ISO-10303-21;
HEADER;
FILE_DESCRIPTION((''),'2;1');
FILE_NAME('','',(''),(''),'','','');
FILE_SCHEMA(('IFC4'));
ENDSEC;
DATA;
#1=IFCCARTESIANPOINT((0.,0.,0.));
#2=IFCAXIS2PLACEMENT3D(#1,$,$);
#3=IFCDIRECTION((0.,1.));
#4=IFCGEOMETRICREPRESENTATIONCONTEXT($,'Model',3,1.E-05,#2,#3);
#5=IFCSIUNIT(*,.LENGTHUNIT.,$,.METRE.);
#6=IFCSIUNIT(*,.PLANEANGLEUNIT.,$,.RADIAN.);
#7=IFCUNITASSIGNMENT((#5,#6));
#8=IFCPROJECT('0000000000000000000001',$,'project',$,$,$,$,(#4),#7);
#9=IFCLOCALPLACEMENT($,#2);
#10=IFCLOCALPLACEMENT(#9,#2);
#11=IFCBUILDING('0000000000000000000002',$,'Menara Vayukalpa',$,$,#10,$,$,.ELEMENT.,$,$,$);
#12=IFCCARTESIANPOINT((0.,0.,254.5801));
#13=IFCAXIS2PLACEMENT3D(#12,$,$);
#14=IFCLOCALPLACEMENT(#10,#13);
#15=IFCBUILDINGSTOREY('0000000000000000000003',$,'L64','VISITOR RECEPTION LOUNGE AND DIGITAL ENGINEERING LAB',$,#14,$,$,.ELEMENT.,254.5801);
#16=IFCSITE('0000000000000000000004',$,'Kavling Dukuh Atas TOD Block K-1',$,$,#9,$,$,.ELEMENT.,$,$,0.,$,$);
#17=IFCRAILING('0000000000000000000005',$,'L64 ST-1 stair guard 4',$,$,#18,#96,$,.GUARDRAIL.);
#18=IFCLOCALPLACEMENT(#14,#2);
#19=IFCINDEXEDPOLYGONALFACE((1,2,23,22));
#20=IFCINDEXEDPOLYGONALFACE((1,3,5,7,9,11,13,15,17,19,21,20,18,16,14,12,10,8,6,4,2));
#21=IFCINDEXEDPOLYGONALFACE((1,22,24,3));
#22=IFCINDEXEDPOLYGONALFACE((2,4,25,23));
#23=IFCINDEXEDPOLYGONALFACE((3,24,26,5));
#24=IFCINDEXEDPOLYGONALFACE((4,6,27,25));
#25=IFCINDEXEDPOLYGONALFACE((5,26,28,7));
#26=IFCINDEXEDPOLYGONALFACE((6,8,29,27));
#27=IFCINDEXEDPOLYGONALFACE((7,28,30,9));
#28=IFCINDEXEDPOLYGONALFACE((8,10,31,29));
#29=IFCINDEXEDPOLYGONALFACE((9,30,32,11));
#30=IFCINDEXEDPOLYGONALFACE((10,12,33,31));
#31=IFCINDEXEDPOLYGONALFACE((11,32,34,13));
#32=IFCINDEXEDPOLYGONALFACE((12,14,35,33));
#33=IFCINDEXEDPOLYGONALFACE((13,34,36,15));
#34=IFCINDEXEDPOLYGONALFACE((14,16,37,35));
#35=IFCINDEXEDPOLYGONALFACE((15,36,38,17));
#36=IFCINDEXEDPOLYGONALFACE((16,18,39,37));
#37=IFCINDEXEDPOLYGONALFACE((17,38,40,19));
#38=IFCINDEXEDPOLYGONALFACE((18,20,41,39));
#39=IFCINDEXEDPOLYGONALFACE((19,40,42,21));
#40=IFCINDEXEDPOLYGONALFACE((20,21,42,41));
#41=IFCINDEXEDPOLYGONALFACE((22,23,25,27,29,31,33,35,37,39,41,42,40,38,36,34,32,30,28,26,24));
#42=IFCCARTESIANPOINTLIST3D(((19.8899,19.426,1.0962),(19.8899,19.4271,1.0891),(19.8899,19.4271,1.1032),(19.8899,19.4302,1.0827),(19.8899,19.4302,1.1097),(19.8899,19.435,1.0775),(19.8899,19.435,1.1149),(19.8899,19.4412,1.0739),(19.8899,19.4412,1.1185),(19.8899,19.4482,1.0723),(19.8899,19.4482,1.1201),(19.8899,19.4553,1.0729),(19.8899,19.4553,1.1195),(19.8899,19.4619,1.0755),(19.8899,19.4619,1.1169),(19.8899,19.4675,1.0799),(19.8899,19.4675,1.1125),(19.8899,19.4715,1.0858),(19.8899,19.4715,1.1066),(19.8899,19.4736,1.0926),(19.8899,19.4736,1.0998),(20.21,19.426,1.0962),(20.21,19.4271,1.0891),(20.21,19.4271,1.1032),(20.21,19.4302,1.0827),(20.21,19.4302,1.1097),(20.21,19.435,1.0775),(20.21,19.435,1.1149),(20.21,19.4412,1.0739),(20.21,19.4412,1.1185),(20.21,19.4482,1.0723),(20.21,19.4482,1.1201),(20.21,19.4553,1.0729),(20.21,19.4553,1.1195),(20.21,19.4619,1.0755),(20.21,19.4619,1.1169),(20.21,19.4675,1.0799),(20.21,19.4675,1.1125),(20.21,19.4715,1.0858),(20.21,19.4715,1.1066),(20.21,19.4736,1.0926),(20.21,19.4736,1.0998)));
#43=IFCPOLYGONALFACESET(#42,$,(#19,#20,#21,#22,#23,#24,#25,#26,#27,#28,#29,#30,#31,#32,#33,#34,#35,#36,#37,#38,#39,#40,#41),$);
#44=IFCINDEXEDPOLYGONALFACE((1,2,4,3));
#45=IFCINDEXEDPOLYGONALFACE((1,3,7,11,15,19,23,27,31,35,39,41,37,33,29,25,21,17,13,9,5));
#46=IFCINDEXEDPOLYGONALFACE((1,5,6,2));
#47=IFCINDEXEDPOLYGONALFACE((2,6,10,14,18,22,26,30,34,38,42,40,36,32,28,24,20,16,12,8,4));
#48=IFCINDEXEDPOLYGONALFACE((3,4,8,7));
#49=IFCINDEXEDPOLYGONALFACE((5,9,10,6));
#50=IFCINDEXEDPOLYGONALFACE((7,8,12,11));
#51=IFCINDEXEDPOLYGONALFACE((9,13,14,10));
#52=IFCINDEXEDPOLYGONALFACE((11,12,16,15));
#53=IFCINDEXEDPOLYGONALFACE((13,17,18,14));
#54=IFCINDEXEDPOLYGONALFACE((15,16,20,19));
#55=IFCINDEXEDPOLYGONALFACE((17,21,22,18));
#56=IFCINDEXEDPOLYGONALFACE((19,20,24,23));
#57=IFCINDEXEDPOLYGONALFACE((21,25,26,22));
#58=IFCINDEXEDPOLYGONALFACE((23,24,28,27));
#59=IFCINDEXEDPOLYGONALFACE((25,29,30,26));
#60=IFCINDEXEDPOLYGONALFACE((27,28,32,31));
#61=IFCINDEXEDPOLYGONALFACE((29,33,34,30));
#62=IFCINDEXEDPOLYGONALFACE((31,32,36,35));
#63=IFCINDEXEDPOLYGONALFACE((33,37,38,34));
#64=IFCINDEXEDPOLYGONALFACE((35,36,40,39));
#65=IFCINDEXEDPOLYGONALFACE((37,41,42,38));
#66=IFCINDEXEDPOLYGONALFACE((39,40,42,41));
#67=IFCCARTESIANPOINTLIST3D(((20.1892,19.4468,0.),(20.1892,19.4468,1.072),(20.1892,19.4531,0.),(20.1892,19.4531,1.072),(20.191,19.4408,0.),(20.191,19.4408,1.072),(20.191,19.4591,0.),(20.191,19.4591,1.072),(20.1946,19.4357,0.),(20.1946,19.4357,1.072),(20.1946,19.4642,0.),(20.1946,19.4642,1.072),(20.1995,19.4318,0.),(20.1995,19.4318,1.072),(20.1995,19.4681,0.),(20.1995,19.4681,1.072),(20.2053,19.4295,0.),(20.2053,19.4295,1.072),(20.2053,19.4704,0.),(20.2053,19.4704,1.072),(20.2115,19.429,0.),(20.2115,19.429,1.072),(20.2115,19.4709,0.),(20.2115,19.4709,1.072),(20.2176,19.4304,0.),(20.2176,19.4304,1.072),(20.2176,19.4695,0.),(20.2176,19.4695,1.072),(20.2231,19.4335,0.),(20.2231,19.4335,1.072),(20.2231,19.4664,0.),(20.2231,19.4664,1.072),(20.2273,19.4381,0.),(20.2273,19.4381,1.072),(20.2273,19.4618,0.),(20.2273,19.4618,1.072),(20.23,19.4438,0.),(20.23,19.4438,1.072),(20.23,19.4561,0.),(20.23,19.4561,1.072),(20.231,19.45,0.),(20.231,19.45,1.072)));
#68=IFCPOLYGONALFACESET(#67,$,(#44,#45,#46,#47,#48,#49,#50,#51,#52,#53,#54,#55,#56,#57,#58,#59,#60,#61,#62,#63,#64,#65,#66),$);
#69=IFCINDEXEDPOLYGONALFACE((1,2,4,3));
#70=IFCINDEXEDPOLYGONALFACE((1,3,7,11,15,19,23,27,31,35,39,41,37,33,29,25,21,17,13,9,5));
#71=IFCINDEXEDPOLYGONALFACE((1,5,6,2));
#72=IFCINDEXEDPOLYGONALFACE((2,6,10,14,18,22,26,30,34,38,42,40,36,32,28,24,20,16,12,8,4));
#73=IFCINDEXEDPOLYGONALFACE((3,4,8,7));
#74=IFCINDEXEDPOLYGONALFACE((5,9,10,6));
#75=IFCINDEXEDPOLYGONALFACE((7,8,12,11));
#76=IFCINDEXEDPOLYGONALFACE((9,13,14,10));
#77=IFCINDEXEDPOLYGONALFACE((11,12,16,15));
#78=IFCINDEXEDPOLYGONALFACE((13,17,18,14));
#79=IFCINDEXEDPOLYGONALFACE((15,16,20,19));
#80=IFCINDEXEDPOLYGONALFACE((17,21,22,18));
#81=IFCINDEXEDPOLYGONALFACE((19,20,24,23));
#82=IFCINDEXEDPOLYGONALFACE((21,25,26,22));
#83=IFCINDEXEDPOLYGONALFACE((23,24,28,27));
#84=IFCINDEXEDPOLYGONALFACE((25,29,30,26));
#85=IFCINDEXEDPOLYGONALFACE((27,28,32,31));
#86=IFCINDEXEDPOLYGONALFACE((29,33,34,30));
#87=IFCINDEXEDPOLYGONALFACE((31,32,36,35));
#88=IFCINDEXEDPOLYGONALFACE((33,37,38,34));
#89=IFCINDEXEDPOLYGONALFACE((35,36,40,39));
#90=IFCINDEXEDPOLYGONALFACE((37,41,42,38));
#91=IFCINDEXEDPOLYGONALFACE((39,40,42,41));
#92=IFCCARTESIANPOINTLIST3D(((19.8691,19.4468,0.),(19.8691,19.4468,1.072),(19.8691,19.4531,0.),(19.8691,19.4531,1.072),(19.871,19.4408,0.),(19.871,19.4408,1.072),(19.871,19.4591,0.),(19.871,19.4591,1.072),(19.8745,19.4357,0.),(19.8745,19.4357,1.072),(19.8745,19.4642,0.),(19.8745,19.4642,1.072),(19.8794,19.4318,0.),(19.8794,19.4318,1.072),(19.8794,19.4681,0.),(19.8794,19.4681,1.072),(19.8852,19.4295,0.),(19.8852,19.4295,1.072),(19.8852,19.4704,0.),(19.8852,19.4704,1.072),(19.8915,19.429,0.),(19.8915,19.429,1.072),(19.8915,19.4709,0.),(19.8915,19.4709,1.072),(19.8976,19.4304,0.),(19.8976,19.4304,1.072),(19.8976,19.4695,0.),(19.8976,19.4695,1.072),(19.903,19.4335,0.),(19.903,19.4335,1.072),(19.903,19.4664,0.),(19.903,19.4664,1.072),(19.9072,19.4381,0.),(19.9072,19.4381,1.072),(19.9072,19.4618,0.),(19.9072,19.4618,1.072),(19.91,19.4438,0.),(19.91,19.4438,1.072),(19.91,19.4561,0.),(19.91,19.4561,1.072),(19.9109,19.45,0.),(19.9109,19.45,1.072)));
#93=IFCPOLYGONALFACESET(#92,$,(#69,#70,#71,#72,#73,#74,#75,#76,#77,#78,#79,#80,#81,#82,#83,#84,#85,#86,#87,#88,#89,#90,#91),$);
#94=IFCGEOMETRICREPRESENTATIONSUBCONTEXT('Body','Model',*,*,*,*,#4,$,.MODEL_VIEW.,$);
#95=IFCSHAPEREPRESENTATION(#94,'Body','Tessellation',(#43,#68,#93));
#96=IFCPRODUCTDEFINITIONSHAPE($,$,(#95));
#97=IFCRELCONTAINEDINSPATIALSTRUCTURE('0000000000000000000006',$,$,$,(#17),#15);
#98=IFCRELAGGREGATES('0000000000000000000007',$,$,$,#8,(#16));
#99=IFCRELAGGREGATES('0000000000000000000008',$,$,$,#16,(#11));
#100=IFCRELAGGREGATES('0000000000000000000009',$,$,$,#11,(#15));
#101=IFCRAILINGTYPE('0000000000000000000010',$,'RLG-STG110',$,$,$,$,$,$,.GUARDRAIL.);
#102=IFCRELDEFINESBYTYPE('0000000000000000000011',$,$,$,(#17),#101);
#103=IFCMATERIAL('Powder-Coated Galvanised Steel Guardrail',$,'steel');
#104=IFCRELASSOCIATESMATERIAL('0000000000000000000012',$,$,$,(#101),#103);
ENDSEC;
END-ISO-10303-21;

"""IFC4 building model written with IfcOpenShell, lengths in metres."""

from ifc_helpers import new_model, si_unit, direction, frame, origin, origin_2d, place, context, subcontext, project, spatial, circle, extrude, material, type_object, element, save


model = new_model("IFC4")

# Units and contexts
model_context = context("Model", 3, precision=1e-05, world=origin(), true_north=direction((0.0, 1.0)))
body_context = subcontext(model_context, "Body", "Model", "MODEL_VIEW")
ifc_project = project(units=[si_unit("LENGTHUNIT", "METRE"), si_unit("PLANEANGLEUNIT", "RADIAN")], contexts=[model_context])

# Site, building, storey
site_placement = place(None, origin())
site = spatial("IfcSite", under=ifc_project, at=site_placement, Name="Kavling Dukuh Atas TOD Block K-1", CompositionType="ELEMENT", RefElevation=0.0)
building_placement = place(site_placement, origin())
building = spatial("IfcBuilding", under=site, at=building_placement, Name="Menara Vayukalpa", CompositionType="ELEMENT")
storey_placement = place(building_placement, frame((0.0, 0.0, 254.5801)))
storey = spatial("IfcBuildingStorey", under=building, at=storey_placement, Name="L64", Description="VISITOR RECEPTION LOUNGE AND DIGITAL ENGINEERING LAB", CompositionType="ELEMENT", Elevation=254.5801)

# Railing
ifc_material_1 = material(Name="Powder-Coated Galvanised Steel Guardrail", Category="steel")
railing_type_1 = type_object("IfcRailingType", Name="RLG-STG110", PredefinedType="GUARDRAIL", material=ifc_material_1)
railing_1_placement = place(storey_placement, frame((20.21, 19.45, 0.0)))
element("IfcRailing", 1, at=railing_1_placement, inside=storey, type_object=railing_type_1, Name="L64 ST-1 stair guard 4", PredefinedType="GUARDRAIL", context=body_context, shape_type="SweptSolid", body=[
    extrude(circle(Radius=0.0239, at=origin_2d()), frame((0.0, 0.0, 1.0962), z_axis=(-1.0, 0.0, 0.0), x_axis=(0.0, -1.0, 0.0)), (0.0, 0.0, 1.0), 0.3201),
    extrude(circle(Radius=0.021, at=origin_2d()), origin(), (0.0, 0.0, 1.0), 1.072),
    extrude(circle(Radius=0.021, at=origin_2d()), frame((-0.3201, 0.0, 0.0)), (0.0, 0.0, 1.0), 1.072),
])

save(model, "model.ifc")
